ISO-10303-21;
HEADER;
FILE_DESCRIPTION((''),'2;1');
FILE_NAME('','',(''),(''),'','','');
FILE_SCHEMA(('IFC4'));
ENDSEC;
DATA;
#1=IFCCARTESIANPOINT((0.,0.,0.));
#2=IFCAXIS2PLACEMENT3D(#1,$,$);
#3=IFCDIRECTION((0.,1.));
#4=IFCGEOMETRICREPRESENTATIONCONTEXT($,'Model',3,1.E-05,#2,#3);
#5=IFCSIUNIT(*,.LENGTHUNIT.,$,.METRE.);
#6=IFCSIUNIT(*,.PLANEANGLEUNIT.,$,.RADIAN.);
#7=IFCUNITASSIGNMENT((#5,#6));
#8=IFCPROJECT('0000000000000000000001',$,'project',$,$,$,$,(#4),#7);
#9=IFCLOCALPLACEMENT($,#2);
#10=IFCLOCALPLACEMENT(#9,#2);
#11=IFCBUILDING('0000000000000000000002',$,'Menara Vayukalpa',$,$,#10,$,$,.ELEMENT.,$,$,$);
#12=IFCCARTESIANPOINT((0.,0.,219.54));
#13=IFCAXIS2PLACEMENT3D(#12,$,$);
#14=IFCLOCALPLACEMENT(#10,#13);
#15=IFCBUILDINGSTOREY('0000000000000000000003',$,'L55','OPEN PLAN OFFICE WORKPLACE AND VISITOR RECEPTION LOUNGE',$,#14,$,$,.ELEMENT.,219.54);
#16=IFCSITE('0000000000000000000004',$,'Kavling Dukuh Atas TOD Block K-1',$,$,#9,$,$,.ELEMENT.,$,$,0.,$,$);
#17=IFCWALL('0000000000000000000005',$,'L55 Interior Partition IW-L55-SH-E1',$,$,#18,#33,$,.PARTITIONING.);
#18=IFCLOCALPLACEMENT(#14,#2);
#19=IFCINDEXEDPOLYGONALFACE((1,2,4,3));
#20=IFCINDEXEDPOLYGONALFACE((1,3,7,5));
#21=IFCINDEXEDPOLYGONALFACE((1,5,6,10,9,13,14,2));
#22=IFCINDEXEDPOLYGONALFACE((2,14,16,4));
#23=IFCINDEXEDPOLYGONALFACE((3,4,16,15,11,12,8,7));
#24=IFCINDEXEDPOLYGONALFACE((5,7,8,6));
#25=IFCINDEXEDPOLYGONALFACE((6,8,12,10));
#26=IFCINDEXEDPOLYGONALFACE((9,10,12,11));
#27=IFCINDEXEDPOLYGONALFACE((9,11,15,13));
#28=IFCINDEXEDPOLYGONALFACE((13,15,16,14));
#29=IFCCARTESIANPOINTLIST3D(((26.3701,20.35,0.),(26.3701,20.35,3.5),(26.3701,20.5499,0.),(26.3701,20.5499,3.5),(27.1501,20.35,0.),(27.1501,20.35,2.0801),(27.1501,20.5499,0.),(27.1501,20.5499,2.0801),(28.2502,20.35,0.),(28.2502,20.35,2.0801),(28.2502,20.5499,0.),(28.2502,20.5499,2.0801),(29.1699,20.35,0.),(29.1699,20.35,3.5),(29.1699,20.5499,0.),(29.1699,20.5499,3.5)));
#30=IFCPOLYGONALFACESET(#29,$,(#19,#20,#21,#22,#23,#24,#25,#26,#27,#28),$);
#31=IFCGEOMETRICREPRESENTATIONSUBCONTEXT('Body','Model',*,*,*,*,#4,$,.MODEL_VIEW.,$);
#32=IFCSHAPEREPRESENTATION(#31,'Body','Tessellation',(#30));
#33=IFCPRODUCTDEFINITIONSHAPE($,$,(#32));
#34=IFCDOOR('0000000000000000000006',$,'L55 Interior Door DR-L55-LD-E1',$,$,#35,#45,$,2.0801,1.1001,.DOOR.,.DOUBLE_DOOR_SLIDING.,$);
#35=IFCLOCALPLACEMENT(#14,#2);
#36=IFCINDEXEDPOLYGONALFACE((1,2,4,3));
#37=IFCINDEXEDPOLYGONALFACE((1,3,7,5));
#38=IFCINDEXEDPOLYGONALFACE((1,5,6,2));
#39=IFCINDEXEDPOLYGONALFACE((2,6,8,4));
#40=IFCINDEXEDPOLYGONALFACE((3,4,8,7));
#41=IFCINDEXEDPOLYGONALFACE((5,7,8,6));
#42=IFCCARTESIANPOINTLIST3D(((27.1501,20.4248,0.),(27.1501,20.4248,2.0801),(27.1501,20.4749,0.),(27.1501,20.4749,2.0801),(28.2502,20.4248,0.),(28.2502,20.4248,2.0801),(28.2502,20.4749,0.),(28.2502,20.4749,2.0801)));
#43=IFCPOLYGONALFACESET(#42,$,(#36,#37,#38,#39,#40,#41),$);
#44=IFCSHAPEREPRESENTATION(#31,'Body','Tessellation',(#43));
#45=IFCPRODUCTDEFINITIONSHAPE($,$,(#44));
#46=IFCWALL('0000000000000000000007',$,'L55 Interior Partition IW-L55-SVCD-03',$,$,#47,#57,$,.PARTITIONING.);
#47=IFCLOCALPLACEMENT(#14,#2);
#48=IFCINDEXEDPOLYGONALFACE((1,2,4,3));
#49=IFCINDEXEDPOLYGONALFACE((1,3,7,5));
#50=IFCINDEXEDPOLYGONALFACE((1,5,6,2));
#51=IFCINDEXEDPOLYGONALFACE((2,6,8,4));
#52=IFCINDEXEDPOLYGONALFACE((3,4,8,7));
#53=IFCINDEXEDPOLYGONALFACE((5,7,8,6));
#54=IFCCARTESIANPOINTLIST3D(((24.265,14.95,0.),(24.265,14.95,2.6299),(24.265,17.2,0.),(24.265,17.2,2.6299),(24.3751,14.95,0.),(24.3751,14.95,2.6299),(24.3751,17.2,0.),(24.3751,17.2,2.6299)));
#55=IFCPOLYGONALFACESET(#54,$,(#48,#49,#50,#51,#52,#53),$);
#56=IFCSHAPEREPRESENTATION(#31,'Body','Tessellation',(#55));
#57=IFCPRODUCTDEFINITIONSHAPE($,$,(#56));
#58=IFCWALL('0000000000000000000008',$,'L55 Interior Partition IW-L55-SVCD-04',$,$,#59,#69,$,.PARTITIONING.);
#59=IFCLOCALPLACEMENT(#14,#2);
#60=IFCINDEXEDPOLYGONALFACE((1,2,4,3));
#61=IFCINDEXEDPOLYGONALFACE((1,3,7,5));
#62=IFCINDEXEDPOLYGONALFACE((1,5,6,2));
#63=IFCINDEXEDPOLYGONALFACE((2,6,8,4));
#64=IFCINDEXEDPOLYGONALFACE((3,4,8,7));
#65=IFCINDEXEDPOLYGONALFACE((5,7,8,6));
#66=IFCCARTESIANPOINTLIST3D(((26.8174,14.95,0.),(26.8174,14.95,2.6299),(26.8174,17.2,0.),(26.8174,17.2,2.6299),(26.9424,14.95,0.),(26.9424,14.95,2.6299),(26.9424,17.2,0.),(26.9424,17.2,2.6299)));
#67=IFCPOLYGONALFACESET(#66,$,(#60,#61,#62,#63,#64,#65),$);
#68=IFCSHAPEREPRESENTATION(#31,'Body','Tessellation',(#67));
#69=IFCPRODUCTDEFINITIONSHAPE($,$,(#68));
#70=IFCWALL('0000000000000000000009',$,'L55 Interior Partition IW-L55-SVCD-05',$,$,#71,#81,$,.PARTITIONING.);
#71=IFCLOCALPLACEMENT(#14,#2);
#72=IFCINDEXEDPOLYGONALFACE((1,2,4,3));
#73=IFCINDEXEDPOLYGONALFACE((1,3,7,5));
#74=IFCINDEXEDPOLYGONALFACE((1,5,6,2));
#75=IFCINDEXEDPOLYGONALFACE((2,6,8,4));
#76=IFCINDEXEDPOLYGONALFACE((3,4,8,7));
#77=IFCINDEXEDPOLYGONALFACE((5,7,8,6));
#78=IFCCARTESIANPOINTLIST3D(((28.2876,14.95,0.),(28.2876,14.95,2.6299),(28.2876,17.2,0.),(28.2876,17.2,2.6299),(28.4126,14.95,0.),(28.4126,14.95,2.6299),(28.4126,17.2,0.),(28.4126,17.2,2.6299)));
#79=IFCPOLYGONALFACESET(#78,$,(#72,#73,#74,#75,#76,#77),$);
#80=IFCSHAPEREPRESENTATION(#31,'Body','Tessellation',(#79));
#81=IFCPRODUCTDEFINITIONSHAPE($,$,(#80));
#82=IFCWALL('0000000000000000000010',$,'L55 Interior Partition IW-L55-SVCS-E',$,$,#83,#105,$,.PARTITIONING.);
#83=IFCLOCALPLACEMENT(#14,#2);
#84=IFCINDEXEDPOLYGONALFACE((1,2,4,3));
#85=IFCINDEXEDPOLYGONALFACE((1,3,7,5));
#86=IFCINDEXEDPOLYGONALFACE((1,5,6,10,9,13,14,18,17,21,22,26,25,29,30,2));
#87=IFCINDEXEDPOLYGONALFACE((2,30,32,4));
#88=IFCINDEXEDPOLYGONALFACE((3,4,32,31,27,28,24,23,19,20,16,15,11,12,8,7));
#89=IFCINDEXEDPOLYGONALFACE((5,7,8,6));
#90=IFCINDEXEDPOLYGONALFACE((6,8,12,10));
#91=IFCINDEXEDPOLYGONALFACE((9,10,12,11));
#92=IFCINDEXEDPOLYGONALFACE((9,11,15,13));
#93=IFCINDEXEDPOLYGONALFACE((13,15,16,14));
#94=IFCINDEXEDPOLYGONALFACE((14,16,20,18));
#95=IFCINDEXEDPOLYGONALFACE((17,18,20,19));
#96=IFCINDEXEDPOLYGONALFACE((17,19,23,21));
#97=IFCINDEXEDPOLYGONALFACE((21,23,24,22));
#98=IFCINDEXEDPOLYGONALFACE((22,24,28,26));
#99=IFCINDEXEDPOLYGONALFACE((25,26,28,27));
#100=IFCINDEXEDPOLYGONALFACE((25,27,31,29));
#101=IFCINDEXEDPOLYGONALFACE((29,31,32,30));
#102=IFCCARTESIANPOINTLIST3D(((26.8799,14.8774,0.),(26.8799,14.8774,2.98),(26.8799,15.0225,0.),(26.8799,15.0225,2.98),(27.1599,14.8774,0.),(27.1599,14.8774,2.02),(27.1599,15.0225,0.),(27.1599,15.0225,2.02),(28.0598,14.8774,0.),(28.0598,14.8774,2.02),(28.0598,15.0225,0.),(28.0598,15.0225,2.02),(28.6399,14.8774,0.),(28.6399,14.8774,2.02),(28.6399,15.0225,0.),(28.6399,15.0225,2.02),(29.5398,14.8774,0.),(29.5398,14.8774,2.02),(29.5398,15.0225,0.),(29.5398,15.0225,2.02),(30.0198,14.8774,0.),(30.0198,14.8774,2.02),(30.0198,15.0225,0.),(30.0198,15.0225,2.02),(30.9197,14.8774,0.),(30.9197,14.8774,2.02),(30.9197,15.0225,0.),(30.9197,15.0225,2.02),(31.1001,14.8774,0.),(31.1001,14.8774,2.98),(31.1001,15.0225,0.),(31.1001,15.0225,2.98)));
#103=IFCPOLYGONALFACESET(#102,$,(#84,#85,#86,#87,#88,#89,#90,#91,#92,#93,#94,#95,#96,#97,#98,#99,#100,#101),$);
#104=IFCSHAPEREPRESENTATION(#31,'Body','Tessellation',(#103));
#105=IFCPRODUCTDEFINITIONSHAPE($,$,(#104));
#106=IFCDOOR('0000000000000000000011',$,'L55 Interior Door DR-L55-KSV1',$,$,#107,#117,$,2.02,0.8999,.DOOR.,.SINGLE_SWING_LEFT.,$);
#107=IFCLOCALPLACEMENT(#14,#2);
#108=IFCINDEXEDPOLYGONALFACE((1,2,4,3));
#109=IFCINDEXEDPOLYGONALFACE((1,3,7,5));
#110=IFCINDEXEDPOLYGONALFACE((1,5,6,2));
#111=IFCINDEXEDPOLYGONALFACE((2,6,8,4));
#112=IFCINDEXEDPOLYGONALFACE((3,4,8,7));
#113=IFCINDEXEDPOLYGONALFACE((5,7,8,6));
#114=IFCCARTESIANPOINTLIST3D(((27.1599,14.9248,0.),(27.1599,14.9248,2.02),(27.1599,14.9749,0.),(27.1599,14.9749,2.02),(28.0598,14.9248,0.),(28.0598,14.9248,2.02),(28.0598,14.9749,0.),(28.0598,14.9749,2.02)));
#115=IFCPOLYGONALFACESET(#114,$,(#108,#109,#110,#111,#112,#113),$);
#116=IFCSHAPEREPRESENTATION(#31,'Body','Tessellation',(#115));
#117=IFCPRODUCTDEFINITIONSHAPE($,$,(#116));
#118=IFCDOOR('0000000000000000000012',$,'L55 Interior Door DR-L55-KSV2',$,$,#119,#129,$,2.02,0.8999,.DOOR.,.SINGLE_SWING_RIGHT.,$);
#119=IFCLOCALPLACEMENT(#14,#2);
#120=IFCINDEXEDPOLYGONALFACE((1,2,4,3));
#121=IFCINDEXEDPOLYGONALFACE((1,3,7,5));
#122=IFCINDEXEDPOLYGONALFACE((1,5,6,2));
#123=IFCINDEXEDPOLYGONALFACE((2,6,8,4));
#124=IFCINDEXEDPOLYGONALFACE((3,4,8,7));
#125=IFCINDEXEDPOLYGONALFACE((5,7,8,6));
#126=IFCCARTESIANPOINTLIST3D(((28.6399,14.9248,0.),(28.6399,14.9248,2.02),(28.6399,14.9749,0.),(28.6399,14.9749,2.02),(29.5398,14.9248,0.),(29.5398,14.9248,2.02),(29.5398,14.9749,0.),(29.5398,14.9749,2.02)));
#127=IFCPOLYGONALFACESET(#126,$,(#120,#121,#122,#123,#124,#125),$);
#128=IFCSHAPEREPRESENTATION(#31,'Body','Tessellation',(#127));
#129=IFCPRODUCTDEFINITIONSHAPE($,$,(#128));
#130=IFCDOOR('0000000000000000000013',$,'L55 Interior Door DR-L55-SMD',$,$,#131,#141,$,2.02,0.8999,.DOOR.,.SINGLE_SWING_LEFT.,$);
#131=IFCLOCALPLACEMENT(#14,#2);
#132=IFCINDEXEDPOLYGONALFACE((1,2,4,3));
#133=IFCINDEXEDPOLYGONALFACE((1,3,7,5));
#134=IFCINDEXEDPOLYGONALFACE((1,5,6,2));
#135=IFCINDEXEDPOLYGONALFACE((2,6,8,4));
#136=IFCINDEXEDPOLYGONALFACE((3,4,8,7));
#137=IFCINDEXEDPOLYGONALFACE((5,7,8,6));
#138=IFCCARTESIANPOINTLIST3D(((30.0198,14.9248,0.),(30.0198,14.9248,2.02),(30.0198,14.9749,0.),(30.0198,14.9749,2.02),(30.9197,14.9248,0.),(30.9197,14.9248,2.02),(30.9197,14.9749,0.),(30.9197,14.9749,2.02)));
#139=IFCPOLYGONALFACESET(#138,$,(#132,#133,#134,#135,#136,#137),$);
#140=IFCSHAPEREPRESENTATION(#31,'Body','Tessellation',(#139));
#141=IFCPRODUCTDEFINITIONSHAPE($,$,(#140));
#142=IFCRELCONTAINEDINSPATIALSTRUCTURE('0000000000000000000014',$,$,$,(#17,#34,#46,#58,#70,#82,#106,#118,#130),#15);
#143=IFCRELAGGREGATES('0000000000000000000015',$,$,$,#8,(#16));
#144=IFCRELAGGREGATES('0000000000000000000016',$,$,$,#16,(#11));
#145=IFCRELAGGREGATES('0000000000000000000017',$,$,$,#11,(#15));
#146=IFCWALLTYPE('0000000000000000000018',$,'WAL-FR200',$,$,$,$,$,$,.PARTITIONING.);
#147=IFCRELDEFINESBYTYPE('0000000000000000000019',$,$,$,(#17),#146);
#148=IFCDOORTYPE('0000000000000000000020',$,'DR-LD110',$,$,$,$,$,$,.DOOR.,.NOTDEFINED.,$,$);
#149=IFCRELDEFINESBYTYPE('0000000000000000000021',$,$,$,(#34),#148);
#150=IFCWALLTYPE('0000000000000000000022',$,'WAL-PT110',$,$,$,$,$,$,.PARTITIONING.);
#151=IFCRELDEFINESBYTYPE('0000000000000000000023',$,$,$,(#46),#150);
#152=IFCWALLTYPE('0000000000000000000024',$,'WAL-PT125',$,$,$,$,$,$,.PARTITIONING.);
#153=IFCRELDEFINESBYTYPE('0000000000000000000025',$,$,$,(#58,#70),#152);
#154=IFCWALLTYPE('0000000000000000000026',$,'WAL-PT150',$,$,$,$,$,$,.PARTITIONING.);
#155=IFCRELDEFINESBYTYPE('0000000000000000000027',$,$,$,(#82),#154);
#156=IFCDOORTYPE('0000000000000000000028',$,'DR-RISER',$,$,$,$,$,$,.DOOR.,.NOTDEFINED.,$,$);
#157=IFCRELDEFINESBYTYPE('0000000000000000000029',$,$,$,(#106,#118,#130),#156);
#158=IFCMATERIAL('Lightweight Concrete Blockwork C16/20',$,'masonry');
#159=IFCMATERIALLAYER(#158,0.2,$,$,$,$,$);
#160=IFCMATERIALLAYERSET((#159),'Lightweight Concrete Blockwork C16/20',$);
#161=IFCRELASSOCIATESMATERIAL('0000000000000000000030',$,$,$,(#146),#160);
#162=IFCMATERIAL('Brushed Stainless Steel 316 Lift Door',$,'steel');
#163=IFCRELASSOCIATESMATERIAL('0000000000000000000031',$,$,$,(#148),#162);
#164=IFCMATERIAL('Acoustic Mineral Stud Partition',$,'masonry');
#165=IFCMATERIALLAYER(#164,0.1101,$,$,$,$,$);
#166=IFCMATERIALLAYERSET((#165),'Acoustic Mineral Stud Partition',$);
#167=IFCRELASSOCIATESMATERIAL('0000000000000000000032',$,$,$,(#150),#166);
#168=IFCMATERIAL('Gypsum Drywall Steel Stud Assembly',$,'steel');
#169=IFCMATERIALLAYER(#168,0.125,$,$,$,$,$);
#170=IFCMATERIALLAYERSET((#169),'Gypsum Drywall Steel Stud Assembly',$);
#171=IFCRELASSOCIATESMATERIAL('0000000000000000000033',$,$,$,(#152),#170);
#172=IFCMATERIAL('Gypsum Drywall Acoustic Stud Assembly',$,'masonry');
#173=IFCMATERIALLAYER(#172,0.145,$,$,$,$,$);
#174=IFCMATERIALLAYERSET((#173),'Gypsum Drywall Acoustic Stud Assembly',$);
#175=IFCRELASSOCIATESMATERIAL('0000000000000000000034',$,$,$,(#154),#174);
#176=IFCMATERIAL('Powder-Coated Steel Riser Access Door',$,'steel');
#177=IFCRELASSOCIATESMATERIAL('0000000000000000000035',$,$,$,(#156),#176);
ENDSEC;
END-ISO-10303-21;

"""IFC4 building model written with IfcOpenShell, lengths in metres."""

from ifc_helpers import new_model, si_unit, direction, frame, frame_2d, origin, place, context, subcontext, project, spatial, rectangle, extrude, material, layer, layer_set, type_object, element, fill, save


model = new_model("IFC4")

# Units and contexts
model_context = context("Model", 3, precision=1e-05, world=origin(), true_north=direction((0.0, 1.0)))
body_context = subcontext(model_context, "Body", "Model", "MODEL_VIEW")
ifc_project = project(units=[si_unit("LENGTHUNIT", "METRE"), si_unit("PLANEANGLEUNIT", "RADIAN")], contexts=[model_context])

# Site, building, storey
site_placement = place(None, origin())
site = spatial("IfcSite", under=ifc_project, at=site_placement, Name="Kavling Dukuh Atas TOD Block K-1", CompositionType="ELEMENT", RefElevation=0.0)
building_placement = place(site_placement, origin())
building = spatial("IfcBuilding", under=site, at=building_placement, Name="Menara Vayukalpa", CompositionType="ELEMENT")
storey_placement = place(building_placement, frame((0.0, 0.0, 219.54)))
storey = spatial("IfcBuildingStorey", under=building, at=storey_placement, Name="L55", Description="OPEN PLAN OFFICE WORKPLACE AND VISITOR RECEPTION LOUNGE", CompositionType="ELEMENT", Elevation=219.54)

# Wall, opening, door
ifc_material_1 = material(Name="Lightweight Concrete Blockwork C16/20", Category="masonry")
ifc_layer_1 = layer(ifc_material_1, 0.2)
ifc_layer_set_1 = layer_set([ifc_layer_1], Name="Lightweight Concrete Blockwork C16/20")
wall_type_1 = type_object("IfcWallType", Name="WAL-FR200", PredefinedType="PARTITIONING", material=ifc_layer_set_1)
wall_1_placement = place(storey_placement, frame((26.3701, 20.45, 0.0), z_axis=(0.0, 0.0, 1.0), x_axis=(1.0, 0.0, 0.0)))
wall_1 = element("IfcWall", 1, at=wall_1_placement, inside=storey, type_object=wall_type_1, Name="L55 Interior Partition IW-L55-SH-E1", PredefinedType="PARTITIONING", context=body_context, shape_type="SweptSolid", body=[
    extrude(rectangle(XDim=2.7998, YDim=0.2, at=frame_2d((1.3999, 0.0))), origin(), (0.0, 0.0, 1.0), 3.5),
])
opening_1_placement = place(wall_1_placement, frame((0.78, 0.0, 0.0)))
opening_1 = element("IfcOpeningElement", 2, at=opening_1_placement, cuts=wall_1, PredefinedType="OPENING", context=body_context, shape_type="SweptSolid", body=[
    extrude(rectangle(XDim=1.1001, YDim=2.0801, at=frame_2d((0.55, 1.04))), frame((0.0, 0.1099, 0.0), z_axis=(0.0, -1.0, 0.0), x_axis=(1.0, 0.0, 0.0)), (0.0, 0.0, 1.0), 0.22),
])
ifc_material_2 = material(Name="Brushed Stainless Steel 316 Lift Door", Category="steel")
door_type_1 = type_object("IfcDoorType", Name="DR-LD110", OperationType="NOTDEFINED", PredefinedType="DOOR", material=ifc_material_2)
door_1_placement = place(opening_1_placement, origin())
door_1 = element("IfcDoor", 3, at=door_1_placement, inside=storey, type_object=door_type_1, Name="L55 Interior Door DR-L55-LD-E1", OperationType="DOUBLE_DOOR_SLIDING", OverallHeight=2.0801, OverallWidth=1.1001, PredefinedType="DOOR", context=body_context, shape_type="SweptSolid", body=[
    extrude(rectangle(XDim=1.1001, YDim=2.0801, at=frame_2d((0.55, 1.04))), frame((0.0, 0.0249, 0.0), z_axis=(0.0, -1.0, 0.0), x_axis=(1.0, 0.0, 0.0)), (0.0, 0.0, 1.0), 0.05),
])
fill(opening_1, door_1)

# Walls
ifc_material_3 = material(Name="Acoustic Mineral Stud Partition", Category="masonry")
ifc_layer_2 = layer(ifc_material_3, 0.1101)
ifc_layer_set_2 = layer_set([ifc_layer_2], Name="Acoustic Mineral Stud Partition")
wall_type_2 = type_object("IfcWallType", Name="WAL-PT110", PredefinedType="PARTITIONING", material=ifc_layer_set_2)
wall_2_placement = place(storey_placement, frame((24.3201, 14.95, 0.0), z_axis=(0.0, 0.0, 1.0), x_axis=(0.0, 1.0, 0.0)))
element("IfcWall", 4, at=wall_2_placement, inside=storey, type_object=wall_type_2, Name="L55 Interior Partition IW-L55-SVCD-03", PredefinedType="PARTITIONING", context=body_context, shape_type="SweptSolid", body=[
    extrude(rectangle(XDim=2.25, YDim=0.1101, at=frame_2d((1.125, 0.0))), origin(), (0.0, 0.0, 1.0), 2.6299),
])
ifc_material_4 = material(Name="Gypsum Drywall Steel Stud Assembly", Category="steel")
ifc_layer_3 = layer(ifc_material_4, 0.125)
ifc_layer_set_3 = layer_set([ifc_layer_3], Name="Gypsum Drywall Steel Stud Assembly")
wall_type_3 = type_object("IfcWallType", Name="WAL-PT125", PredefinedType="PARTITIONING", material=ifc_layer_set_3)
for number, where, z_axis, x_axis, name in (
    (5, (26.8799, 14.95, 0.0), (0.0, 0.0, 1.0), (0.0, 1.0, 0.0), "L55 Interior Partition IW-L55-SVCD-04"),
    (6, (28.3501, 14.95, 0.0), (0.0, 0.0, 1.0), (0.0, 1.0, 0.0), "L55 Interior Partition IW-L55-SVCD-05"),
):
    element("IfcWall", number, at=place(storey_placement, frame(where, z_axis=z_axis, x_axis=x_axis)), inside=storey, type_object=wall_type_3, Name=name, PredefinedType="PARTITIONING", context=body_context, shape_type="SweptSolid", body=[
        extrude(rectangle(XDim=2.25, YDim=0.125, at=frame_2d((1.125, 0.0))), origin(), (0.0, 0.0, 1.0), 2.6299),
    ])

# Wall, openings, doors
ifc_material_5 = material(Name="Gypsum Drywall Acoustic Stud Assembly", Category="masonry")
ifc_layer_4 = layer(ifc_material_5, 0.145)
ifc_layer_set_4 = layer_set([ifc_layer_4], Name="Gypsum Drywall Acoustic Stud Assembly")
wall_type_4 = type_object("IfcWallType", Name="WAL-PT150", PredefinedType="PARTITIONING", material=ifc_layer_set_4)
wall_3_placement = place(storey_placement, frame((26.8799, 14.95, 0.0), z_axis=(0.0, 0.0, 1.0), x_axis=(1.0, 0.0, 0.0)))
wall_3 = element("IfcWall", 7, at=wall_3_placement, inside=storey, type_object=wall_type_4, Name="L55 Interior Partition IW-L55-SVCS-E", PredefinedType="PARTITIONING", context=body_context, shape_type="SweptSolid", body=[
    extrude(rectangle(XDim=4.2202, YDim=0.145, at=frame_2d((2.1101, 0.0))), origin(), (0.0, 0.0, 1.0), 2.98),
])
opening_2_placement = place(wall_3_placement, frame((0.28, 0.0, 0.0)))
opening_2 = element("IfcOpeningElement", 8, at=opening_2_placement, cuts=wall_3, PredefinedType="OPENING", context=body_context, shape_type="SweptSolid", body=[
    extrude(rectangle(XDim=0.8999, YDim=2.02, at=frame_2d((0.45, 1.01))), frame((0.0, 0.0825, 0.0), z_axis=(0.0, -1.0, 0.0), x_axis=(1.0, 0.0, 0.0)), (0.0, 0.0, 1.0), 0.165),
])
opening_3_placement = place(wall_3_placement, frame((1.76, 0.0, 0.0)))
opening_3 = element("IfcOpeningElement", 9, at=opening_3_placement, cuts=wall_3, PredefinedType="OPENING", context=body_context, shape_type="SweptSolid", body=[
    extrude(rectangle(XDim=0.8999, YDim=2.02, at=frame_2d((0.45, 1.01))), frame((0.0, 0.0825, 0.0), z_axis=(0.0, -1.0, 0.0), x_axis=(1.0, 0.0, 0.0)), (0.0, 0.0, 1.0), 0.165),
])
opening_4_placement = place(wall_3_placement, frame((3.1399, 0.0, 0.0)))
opening_4 = element("IfcOpeningElement", 10, at=opening_4_placement, cuts=wall_3, PredefinedType="OPENING", context=body_context, shape_type="SweptSolid", body=[
    extrude(rectangle(XDim=0.8999, YDim=2.02, at=frame_2d((0.45, 1.01))), frame((0.0, 0.0825, 0.0), z_axis=(0.0, -1.0, 0.0), x_axis=(1.0, 0.0, 0.0)), (0.0, 0.0, 1.0), 0.165),
])
ifc_material_6 = material(Name="Powder-Coated Steel Riser Access Door", Category="steel")
door_type_2 = type_object("IfcDoorType", Name="DR-RISER", OperationType="NOTDEFINED", PredefinedType="DOOR", material=ifc_material_6)
door_2_placement = place(opening_2_placement, origin())
door_2 = element("IfcDoor", 11, at=door_2_placement, inside=storey, type_object=door_type_2, Name="L55 Interior Door DR-L55-KSV1", OperationType="SINGLE_SWING_LEFT", OverallHeight=2.02, OverallWidth=0.8999, PredefinedType="DOOR", context=body_context, shape_type="SweptSolid", body=[
    extrude(rectangle(XDim=0.8999, YDim=2.02, at=frame_2d((0.45, 1.01))), frame((0.0, 0.0249, 0.0), z_axis=(0.0, -1.0, 0.0), x_axis=(1.0, 0.0, 0.0)), (0.0, 0.0, 1.0), 0.05),
])
fill(opening_2, door_2)
door_3_placement = place(opening_3_placement, origin())
door_3 = element("IfcDoor", 12, at=door_3_placement, inside=storey, type_object=door_type_2, Name="L55 Interior Door DR-L55-KSV2", OperationType="SINGLE_SWING_RIGHT", OverallHeight=2.02, OverallWidth=0.8999, PredefinedType="DOOR", context=body_context, shape_type="SweptSolid", body=[
    extrude(rectangle(XDim=0.8999, YDim=2.02, at=frame_2d((0.45, 1.01))), frame((0.0, 0.0249, 0.0), z_axis=(0.0, -1.0, 0.0), x_axis=(1.0, 0.0, 0.0)), (0.0, 0.0, 1.0), 0.05),
])
fill(opening_3, door_3)
door_4_placement = place(opening_4_placement, origin())
door_4 = element("IfcDoor", 13, at=door_4_placement, inside=storey, type_object=door_type_2, Name="L55 Interior Door DR-L55-SMD", OperationType="SINGLE_SWING_LEFT", OverallHeight=2.02, OverallWidth=0.8999, PredefinedType="DOOR", context=body_context, shape_type="SweptSolid", body=[
    extrude(rectangle(XDim=0.8999, YDim=2.02, at=frame_2d((0.45, 1.01))), frame((0.0, 0.0249, 0.0), z_axis=(0.0, -1.0, 0.0), x_axis=(1.0, 0.0, 0.0)), (0.0, 0.0, 1.0), 0.05),
])
fill(opening_4, door_4)

save(model, "model.ifc")
